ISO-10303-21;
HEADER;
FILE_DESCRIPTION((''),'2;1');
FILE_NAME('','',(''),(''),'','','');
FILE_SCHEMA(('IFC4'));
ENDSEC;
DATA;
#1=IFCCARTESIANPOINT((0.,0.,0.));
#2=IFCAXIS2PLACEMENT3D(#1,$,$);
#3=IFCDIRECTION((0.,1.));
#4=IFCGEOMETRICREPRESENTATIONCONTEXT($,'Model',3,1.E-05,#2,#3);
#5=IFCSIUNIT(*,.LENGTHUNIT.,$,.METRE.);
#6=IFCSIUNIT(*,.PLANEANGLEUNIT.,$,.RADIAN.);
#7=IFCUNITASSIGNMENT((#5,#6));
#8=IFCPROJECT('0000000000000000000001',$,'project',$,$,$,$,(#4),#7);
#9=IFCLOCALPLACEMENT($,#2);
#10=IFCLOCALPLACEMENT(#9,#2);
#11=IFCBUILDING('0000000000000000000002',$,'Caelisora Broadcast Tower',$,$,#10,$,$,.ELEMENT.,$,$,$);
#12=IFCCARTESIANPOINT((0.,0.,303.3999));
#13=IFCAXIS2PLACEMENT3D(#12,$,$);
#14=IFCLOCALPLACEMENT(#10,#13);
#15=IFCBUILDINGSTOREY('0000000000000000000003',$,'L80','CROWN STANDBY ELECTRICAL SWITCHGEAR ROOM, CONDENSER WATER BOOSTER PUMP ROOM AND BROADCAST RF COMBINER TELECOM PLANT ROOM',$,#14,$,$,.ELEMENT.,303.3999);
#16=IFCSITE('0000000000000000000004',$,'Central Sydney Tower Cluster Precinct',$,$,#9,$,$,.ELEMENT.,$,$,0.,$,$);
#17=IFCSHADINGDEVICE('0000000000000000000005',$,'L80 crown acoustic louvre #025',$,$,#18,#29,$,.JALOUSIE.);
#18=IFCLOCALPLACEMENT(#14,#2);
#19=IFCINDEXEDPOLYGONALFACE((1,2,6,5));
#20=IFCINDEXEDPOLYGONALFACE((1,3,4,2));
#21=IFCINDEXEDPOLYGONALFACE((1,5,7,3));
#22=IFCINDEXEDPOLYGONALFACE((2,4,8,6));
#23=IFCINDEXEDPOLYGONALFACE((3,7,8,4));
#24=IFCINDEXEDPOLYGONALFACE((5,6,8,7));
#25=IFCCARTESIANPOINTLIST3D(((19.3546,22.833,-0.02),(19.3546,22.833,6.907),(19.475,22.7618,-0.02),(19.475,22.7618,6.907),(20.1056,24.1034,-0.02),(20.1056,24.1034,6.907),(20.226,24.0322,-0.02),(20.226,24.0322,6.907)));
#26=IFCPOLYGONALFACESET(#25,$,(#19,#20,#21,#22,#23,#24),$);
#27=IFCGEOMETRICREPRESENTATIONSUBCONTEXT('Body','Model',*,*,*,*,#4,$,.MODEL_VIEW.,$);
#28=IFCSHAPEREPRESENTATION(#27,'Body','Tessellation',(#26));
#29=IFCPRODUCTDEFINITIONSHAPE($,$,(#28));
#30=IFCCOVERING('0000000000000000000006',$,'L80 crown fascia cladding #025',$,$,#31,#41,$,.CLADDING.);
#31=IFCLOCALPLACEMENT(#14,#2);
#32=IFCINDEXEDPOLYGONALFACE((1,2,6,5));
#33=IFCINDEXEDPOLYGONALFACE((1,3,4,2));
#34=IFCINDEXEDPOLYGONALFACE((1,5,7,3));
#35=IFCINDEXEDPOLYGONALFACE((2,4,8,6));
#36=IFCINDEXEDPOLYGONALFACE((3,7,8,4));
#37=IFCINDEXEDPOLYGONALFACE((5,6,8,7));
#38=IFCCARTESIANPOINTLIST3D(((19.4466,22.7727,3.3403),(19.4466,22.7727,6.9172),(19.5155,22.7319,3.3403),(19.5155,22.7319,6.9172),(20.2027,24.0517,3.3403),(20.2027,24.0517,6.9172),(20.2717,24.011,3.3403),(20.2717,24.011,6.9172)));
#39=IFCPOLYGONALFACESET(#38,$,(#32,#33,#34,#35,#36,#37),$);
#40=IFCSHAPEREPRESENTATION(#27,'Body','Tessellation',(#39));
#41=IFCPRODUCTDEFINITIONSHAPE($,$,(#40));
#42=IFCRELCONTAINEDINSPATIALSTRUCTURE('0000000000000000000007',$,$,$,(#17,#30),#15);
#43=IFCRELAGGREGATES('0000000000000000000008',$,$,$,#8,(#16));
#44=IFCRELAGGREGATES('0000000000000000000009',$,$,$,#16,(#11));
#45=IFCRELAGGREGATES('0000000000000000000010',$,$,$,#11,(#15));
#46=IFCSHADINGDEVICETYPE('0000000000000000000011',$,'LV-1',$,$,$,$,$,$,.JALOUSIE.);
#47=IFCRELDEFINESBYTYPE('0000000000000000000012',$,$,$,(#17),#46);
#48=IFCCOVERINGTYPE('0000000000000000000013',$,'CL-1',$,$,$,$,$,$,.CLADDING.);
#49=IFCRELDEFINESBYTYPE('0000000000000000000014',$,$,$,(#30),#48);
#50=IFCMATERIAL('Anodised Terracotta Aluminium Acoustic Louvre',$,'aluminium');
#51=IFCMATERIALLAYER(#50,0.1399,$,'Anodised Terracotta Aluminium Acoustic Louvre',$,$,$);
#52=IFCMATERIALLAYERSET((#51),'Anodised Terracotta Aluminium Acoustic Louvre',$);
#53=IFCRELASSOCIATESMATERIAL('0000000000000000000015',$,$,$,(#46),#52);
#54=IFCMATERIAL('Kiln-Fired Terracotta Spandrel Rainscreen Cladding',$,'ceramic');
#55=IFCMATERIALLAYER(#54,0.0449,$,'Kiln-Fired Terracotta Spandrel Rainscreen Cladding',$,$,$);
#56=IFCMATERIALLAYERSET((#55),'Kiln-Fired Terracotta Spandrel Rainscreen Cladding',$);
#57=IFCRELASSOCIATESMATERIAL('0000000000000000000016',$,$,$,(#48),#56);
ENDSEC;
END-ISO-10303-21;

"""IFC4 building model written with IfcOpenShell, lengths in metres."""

from ifc_helpers import new_model, si_unit, direction, frame, origin, origin_2d, place, context, subcontext, project, spatial, rectangle, extrude, source, transform, mapped, material, layer, layer_set, type_object, element, save


model = new_model("IFC4")

# Units and contexts
model_context = context("Model", 3, precision=1e-05, world=origin(), true_north=direction((0.0, 1.0)))
body_context = subcontext(model_context, "Body", "Model", "MODEL_VIEW")
ifc_project = project(units=[si_unit("LENGTHUNIT", "METRE"), si_unit("PLANEANGLEUNIT", "RADIAN")], contexts=[model_context])

# Site, building, storey
site_placement = place(None, origin())
site = spatial("IfcSite", under=ifc_project, at=site_placement, Name="Central Sydney Tower Cluster Precinct", CompositionType="ELEMENT", RefElevation=0.0)
building_placement = place(site_placement, origin())
building = spatial("IfcBuilding", under=site, at=building_placement, Name="Caelisora Broadcast Tower", CompositionType="ELEMENT")
storey_placement = place(building_placement, frame((0.0, 0.0, 303.3999)))
storey = spatial("IfcBuildingStorey", under=building, at=storey_placement, Name="L80", Description="CROWN STANDBY ELECTRICAL SWITCHGEAR ROOM, CONDENSER WATER BOOSTER PUMP ROOM AND BROADCAST RF COMBINER TELECOM PLANT ROOM", CompositionType="ELEMENT", Elevation=303.3999)

# Shared definitions
ifc_material_1 = material(Name="Anodised Terracotta Aluminium Acoustic Louvre", Category="aluminium")
ifc_layer_1 = layer(ifc_material_1, 0.1399, Name="Anodised Terracotta Aluminium Acoustic Louvre")
ifc_layer_set_1 = layer_set([ifc_layer_1], Name="Anodised Terracotta Aluminium Acoustic Louvre")
shading_device_type = type_object("IfcShadingDeviceType", Name="LV-1", PredefinedType="JALOUSIE", material=ifc_layer_set_1)

# Shared definitions
ifc_material_2 = material(Name="Kiln-Fired Terracotta Spandrel Rainscreen Cladding", Category="ceramic")
ifc_layer_2 = layer(ifc_material_2, 0.0449, Name="Kiln-Fired Terracotta Spandrel Rainscreen Cladding")
ifc_layer_set_2 = layer_set([ifc_layer_2], Name="Kiln-Fired Terracotta Spandrel Rainscreen Cladding")
covering_type = type_object("IfcCoveringType", Name="CL-1", PredefinedType="CLADDING", material=ifc_layer_set_2)

# Shading device
shared_shape_1 = source(origin(), body_context, "Body", "SweptSolid", [
    extrude(rectangle(XDim=1.4758, YDim=0.1399, at=origin_2d()), origin(), (0.0, 0.0, 1.0), 6.927),
])
shading_device_1_placement = place(storey_placement, frame((19.7903, 23.4326, -0.02), z_axis=(0.0, 0.0, 1.0), x_axis=(-0.508891, -0.860831, 0.0)))
element("IfcShadingDevice", 1, at=shading_device_1_placement, inside=storey, type_object=shading_device_type, Name="L80 crown acoustic louvre #025", PredefinedType="JALOUSIE", context=body_context, shape_type="MappedRepresentation", body=[
    mapped(shared_shape_1, transform((0.0, 0.0, 0.0), scale=1.0)),
])

# Covering
shared_shape_2 = source(origin(), body_context, "Body", "SweptSolid", [
    extrude(rectangle(XDim=1.4858, YDim=0.0801, at=origin_2d()), origin(), (0.0, 0.0, 1.0), 3.5769),
])
covering_1_placement = place(storey_placement, frame((19.8591, 23.3918, 3.3403), z_axis=(0.0, 0.0, 1.0), x_axis=(-0.508891, -0.860831, 0.0)))
element("IfcCovering", 2, at=covering_1_placement, inside=storey, type_object=covering_type, Name="L80 crown fascia cladding #025", PredefinedType="CLADDING", context=body_context, shape_type="MappedRepresentation", body=[
    mapped(shared_shape_2, transform((0.0, 0.0, 0.0), scale=1.0)),
])

save(model, "model.ifc")
